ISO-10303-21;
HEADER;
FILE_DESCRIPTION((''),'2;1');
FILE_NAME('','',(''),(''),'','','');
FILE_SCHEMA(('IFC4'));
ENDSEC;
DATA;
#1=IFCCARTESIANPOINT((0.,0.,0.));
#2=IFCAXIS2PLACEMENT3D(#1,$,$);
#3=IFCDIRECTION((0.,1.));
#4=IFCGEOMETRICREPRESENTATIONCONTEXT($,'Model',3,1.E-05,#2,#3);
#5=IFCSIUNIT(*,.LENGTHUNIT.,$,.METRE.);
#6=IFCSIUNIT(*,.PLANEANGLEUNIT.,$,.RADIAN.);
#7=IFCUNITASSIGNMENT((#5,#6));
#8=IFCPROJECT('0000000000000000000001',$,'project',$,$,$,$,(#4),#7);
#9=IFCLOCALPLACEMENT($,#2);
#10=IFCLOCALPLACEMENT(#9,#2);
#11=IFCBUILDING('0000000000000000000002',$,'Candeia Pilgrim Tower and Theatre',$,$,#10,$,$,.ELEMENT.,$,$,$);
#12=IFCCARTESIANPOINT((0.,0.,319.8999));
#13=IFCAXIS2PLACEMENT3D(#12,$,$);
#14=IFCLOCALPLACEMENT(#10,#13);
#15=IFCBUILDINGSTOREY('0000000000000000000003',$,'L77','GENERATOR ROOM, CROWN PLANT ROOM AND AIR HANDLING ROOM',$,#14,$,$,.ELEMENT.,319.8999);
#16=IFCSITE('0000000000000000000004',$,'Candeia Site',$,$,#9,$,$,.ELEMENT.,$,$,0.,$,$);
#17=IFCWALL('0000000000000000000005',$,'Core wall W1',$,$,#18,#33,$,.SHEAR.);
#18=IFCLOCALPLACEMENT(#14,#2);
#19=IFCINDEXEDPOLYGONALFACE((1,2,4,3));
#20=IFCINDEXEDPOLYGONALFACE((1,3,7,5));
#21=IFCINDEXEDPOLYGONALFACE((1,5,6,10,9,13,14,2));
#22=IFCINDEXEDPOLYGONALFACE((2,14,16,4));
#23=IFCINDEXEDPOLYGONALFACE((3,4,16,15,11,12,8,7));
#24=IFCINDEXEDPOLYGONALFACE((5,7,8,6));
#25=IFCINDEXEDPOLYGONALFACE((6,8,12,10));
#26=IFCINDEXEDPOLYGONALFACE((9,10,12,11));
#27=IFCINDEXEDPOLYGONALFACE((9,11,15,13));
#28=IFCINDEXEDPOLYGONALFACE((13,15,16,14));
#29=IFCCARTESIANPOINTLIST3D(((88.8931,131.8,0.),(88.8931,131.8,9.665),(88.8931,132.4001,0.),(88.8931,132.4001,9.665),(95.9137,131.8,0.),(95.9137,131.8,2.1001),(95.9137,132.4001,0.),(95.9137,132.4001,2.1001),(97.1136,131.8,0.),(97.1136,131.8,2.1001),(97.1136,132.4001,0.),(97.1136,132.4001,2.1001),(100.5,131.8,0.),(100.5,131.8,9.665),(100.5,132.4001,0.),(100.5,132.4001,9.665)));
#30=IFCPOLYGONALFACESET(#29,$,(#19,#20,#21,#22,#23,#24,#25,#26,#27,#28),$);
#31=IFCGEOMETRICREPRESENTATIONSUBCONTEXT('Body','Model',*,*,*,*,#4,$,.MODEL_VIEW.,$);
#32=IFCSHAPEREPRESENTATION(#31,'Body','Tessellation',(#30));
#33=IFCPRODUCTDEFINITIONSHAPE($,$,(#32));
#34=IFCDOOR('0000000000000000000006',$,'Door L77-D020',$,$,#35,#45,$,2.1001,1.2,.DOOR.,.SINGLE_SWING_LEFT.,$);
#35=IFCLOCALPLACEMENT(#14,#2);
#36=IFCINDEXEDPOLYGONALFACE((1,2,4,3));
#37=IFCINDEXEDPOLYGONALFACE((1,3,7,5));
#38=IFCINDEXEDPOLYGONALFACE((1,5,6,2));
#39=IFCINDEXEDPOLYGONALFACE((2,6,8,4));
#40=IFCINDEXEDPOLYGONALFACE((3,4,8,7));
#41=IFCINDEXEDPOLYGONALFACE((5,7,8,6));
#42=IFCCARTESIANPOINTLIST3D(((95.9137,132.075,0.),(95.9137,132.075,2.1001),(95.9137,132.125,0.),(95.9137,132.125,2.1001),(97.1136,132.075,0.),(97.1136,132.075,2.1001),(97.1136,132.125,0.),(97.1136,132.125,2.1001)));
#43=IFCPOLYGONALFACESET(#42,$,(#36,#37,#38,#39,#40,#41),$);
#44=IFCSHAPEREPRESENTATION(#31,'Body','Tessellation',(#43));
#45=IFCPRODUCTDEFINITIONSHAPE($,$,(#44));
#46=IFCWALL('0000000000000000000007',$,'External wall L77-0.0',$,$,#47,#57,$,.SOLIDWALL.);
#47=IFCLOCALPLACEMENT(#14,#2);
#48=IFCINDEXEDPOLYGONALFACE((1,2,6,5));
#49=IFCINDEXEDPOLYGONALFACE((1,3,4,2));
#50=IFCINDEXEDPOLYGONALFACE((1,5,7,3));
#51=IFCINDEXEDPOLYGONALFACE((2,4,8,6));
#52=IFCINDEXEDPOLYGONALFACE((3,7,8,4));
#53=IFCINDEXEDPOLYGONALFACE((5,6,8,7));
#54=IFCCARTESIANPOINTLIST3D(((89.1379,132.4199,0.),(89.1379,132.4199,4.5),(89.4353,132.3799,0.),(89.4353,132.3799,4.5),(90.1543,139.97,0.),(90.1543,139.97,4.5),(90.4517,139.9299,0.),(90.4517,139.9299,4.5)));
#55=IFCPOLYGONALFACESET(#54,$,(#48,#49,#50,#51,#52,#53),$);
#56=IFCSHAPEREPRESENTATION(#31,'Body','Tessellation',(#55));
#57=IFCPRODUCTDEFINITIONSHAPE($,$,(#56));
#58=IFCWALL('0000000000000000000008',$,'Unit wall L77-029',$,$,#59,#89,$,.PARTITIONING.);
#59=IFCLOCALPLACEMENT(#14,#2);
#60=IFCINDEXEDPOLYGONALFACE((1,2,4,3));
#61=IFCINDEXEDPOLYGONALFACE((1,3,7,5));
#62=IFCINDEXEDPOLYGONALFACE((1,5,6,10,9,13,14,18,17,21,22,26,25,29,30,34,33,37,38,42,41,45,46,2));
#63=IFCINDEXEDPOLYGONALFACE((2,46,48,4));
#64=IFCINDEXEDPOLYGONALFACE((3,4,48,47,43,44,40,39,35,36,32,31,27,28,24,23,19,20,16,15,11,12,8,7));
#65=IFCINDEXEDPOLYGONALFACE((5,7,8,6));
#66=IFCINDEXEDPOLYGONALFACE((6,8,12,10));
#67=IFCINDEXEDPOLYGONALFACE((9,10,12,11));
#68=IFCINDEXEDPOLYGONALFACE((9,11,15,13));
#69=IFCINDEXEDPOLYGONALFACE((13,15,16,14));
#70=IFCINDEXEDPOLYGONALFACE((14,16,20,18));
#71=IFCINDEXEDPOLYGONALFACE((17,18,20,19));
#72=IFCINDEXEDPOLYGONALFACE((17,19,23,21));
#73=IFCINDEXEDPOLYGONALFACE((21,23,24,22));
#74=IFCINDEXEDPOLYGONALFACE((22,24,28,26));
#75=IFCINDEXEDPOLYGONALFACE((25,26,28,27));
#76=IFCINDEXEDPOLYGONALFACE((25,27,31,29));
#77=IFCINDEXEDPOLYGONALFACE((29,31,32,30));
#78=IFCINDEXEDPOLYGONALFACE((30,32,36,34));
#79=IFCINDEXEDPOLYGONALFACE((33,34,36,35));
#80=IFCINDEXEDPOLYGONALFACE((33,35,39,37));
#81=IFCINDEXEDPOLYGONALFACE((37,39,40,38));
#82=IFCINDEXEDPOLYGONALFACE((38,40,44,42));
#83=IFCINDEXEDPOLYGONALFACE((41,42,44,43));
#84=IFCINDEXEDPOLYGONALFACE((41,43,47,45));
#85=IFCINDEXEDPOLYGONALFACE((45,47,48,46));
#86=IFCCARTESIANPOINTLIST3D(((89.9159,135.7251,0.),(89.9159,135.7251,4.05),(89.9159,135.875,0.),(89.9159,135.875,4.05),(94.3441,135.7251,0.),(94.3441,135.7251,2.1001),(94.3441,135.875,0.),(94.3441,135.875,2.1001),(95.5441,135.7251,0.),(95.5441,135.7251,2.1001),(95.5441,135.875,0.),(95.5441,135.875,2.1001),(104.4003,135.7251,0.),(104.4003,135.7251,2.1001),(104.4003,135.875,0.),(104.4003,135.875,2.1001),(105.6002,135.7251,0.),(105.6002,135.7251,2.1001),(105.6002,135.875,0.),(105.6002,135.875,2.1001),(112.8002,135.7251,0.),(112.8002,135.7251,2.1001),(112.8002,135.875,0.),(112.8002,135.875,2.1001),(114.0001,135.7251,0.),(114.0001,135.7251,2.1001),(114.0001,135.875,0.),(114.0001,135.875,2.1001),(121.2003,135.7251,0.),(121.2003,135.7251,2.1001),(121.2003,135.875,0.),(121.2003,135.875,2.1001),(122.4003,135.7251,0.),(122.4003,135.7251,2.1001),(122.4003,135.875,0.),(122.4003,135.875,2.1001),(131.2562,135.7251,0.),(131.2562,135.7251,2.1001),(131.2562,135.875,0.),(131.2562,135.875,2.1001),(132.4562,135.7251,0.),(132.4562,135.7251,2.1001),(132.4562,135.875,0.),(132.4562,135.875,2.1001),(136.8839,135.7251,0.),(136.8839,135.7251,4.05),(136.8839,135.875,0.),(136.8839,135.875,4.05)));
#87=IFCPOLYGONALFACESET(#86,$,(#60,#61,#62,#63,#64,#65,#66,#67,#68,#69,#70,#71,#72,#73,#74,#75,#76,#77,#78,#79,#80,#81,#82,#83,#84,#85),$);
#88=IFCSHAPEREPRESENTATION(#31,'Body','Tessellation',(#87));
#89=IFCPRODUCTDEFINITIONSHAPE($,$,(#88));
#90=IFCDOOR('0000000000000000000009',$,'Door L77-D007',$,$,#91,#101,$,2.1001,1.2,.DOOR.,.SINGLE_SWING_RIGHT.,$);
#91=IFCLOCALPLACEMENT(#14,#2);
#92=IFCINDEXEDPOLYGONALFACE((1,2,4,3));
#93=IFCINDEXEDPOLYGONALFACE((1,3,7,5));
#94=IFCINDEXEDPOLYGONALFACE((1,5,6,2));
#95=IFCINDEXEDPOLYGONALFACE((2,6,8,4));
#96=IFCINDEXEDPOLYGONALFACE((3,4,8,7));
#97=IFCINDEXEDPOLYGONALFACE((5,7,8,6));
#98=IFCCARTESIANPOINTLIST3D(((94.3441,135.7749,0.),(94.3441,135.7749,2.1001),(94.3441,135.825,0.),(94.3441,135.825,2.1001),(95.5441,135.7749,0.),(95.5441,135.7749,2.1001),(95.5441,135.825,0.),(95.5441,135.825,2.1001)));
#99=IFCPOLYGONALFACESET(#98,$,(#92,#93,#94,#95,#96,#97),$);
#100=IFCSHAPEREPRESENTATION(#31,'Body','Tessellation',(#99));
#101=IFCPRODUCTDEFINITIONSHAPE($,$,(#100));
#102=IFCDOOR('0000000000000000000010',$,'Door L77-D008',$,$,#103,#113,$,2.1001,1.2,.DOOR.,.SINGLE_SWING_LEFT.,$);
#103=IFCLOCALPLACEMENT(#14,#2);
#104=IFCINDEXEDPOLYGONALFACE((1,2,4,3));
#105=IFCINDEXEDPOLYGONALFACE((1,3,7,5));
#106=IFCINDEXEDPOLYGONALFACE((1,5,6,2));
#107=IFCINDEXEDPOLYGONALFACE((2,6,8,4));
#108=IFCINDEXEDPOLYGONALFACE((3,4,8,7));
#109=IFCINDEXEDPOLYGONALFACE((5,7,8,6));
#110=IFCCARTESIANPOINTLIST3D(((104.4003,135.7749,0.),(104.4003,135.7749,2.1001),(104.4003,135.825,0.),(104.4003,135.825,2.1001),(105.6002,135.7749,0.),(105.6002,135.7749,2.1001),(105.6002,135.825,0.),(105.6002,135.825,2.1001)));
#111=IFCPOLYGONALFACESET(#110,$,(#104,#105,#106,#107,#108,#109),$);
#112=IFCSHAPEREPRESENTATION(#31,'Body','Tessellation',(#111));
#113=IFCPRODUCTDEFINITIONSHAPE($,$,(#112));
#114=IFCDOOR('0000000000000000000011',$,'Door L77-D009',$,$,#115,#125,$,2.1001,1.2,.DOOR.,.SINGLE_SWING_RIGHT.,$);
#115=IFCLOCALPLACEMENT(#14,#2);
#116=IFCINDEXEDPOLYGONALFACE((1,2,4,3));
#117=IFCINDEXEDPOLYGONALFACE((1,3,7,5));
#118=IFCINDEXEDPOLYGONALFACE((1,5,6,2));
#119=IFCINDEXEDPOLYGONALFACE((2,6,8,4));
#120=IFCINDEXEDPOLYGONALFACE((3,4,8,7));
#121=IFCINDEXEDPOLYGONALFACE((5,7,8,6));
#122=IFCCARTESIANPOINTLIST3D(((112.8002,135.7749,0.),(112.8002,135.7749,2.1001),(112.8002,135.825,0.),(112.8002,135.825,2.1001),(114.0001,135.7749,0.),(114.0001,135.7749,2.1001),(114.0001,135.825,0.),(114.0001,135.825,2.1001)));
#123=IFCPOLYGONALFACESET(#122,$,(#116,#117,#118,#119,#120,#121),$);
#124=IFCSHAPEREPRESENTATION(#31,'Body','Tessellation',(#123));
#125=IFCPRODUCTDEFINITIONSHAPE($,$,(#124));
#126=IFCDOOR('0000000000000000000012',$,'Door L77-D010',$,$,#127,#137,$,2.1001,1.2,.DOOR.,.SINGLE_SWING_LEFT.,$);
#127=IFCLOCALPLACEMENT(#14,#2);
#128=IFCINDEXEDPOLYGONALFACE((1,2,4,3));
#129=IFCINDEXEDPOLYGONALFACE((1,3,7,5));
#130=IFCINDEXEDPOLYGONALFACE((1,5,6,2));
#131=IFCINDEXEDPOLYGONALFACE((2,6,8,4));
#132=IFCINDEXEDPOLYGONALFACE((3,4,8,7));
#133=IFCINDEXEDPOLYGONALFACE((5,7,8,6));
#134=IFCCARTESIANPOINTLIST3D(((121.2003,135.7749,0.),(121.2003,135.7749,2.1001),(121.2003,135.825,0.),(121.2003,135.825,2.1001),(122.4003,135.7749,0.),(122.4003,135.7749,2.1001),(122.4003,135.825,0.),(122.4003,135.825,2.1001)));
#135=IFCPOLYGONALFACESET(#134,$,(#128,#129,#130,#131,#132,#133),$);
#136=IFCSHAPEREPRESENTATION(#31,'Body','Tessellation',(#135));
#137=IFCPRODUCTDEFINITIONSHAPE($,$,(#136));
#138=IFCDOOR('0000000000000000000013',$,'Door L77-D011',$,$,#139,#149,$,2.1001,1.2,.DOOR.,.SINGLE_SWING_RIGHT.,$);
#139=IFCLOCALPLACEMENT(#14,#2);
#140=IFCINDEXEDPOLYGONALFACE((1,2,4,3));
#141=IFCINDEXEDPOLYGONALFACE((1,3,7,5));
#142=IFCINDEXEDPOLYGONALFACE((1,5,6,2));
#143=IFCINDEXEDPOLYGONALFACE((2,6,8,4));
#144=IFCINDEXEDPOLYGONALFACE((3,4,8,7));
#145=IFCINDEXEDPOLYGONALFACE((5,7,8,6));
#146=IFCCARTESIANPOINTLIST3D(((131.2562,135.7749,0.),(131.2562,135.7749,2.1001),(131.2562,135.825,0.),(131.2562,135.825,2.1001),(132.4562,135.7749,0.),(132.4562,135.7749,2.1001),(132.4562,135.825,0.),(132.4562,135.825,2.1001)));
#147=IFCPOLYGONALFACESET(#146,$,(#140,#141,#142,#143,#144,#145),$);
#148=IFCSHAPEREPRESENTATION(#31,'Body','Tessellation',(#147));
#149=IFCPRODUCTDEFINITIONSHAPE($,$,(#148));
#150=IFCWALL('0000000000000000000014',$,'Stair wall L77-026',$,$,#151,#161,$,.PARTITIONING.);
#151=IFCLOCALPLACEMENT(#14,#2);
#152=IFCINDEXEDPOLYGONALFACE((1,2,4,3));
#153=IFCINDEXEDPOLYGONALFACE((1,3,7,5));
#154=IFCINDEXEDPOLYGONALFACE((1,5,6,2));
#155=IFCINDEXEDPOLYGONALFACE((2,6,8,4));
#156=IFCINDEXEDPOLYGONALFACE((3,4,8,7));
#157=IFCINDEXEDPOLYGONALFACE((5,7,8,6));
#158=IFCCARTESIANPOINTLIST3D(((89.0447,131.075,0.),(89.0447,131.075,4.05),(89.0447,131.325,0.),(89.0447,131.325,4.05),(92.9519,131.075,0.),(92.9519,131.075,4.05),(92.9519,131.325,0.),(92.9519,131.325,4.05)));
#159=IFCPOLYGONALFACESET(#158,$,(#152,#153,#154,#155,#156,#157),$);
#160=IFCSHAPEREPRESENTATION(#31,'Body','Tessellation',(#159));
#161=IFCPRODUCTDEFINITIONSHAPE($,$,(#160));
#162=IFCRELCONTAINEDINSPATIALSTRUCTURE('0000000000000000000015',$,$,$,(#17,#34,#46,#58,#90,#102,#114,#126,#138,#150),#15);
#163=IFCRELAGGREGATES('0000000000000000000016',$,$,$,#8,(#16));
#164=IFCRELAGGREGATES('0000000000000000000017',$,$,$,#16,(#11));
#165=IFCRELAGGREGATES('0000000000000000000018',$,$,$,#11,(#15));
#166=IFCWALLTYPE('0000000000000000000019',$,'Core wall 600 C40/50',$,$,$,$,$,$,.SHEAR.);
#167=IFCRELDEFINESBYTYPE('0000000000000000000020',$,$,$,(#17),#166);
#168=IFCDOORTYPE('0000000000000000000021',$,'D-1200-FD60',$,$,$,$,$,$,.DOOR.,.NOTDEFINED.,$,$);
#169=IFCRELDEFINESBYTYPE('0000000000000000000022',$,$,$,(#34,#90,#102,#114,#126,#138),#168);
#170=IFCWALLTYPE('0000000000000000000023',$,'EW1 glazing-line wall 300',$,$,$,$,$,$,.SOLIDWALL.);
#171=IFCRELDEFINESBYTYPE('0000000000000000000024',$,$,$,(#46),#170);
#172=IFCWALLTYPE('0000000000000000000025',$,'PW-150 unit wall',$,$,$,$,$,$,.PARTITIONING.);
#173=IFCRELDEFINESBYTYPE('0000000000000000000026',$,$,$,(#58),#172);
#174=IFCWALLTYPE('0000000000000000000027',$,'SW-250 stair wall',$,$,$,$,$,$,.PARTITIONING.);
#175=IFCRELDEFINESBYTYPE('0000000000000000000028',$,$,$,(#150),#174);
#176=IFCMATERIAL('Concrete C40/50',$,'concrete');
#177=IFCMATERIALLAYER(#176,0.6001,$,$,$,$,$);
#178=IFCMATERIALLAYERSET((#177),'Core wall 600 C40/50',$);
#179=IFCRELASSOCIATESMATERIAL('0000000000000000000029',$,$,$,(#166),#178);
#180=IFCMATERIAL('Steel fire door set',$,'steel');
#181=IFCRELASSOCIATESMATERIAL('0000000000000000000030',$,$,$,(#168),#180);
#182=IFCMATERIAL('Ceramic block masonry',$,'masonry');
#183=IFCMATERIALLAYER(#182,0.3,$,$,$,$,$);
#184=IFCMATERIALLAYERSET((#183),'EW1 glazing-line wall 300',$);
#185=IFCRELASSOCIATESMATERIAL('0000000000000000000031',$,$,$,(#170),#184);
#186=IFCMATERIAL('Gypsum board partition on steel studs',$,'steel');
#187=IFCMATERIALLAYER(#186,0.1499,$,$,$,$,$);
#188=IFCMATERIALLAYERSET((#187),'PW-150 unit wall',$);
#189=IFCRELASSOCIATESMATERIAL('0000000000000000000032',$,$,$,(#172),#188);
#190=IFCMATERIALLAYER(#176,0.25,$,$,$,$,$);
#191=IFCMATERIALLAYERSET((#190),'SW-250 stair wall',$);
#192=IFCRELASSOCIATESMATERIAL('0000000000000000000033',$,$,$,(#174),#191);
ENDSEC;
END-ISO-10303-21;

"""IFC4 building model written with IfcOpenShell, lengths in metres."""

from ifc_helpers import new_model, si_unit, direction, frame, frame_2d, origin, place, context, subcontext, project, spatial, polyline, rectangle, outline, extrude, material, layer, layer_set, type_object, element, fill, save


model = new_model("IFC4")

# Units and contexts
model_context = context("Model", 3, precision=1e-05, world=origin(), true_north=direction((0.0, 1.0)))
body_context = subcontext(model_context, "Body", "Model", "MODEL_VIEW")
ifc_project = project(units=[si_unit("LENGTHUNIT", "METRE"), si_unit("PLANEANGLEUNIT", "RADIAN")], contexts=[model_context])

# Site, building, storey
site_placement = place(None, origin())
site = spatial("IfcSite", under=ifc_project, at=site_placement, Name="Candeia Site", CompositionType="ELEMENT", RefElevation=0.0)
building_placement = place(site_placement, origin())
building = spatial("IfcBuilding", under=site, at=building_placement, Name="Candeia Pilgrim Tower and Theatre", CompositionType="ELEMENT")
storey_placement = place(building_placement, frame((0.0, 0.0, 319.8999)))
storey = spatial("IfcBuildingStorey", under=building, at=storey_placement, Name="L77", Description="GENERATOR ROOM, CROWN PLANT ROOM AND AIR HANDLING ROOM", CompositionType="ELEMENT", Elevation=319.8999)

# Shared definitions
ifc_material_1 = material(Name="Concrete C40/50", Category="concrete")

# Wall, opening, door
ifc_layer_1 = layer(ifc_material_1, 0.6001)
ifc_layer_set_1 = layer_set([ifc_layer_1], Name="Core wall 600 C40/50")
wall_type_1 = type_object("IfcWallType", Name="Core wall 600 C40/50", PredefinedType="SHEAR", material=ifc_layer_set_1)
wall_1_placement = place(storey_placement, frame((88.8931, 132.1001, 0.0), z_axis=(0.0, 0.0, 1.0), x_axis=(1.0, 0.0, 0.0)))
wall_1 = element("IfcWall", 1, at=wall_1_placement, inside=storey, type_object=wall_type_1, Name="Core wall W1", PredefinedType="SHEAR", context=body_context, shape_type="SweptSolid", body=[
    extrude(outline(polyline([(0.0, 0.0), (11.6069, 0.0), (11.6069, 9.665), (0.0, 9.665), (0.0, 0.0)])), frame((0.0, 0.3, 0.0), z_axis=(0.0, -1.0, 0.0), x_axis=(1.0, 0.0, 0.0)), (0.0, 0.0, 1.0), 0.6001),
])
opening_1_placement = place(wall_1_placement, frame((7.0205, 0.0, 0.0)))
opening_1 = element("IfcOpeningElement", 2, at=opening_1_placement, cuts=wall_1, PredefinedType="OPENING", context=body_context, shape_type="SweptSolid", body=[
    extrude(rectangle(XDim=1.2, YDim=2.1001, at=frame_2d((0.6001, 1.05))), frame((0.0, 0.3101, 0.0), z_axis=(0.0, -1.0, 0.0), x_axis=(1.0, 0.0, 0.0)), (0.0, 0.0, 1.0), 0.6201),
])
ifc_material_2 = material(Name="Steel fire door set", Category="steel")
door_type = type_object("IfcDoorType", Name="D-1200-FD60", OperationType="NOTDEFINED", PredefinedType="DOOR", material=ifc_material_2)
door_1_placement = place(opening_1_placement, origin())
door_1 = element("IfcDoor", 3, at=door_1_placement, inside=storey, type_object=door_type, Name="Door L77-D020", OperationType="SINGLE_SWING_LEFT", OverallHeight=2.1001, OverallWidth=1.2, PredefinedType="DOOR", context=body_context, shape_type="SweptSolid", body=[
    extrude(rectangle(XDim=1.2, YDim=2.1001, at=frame_2d((0.6001, 1.05))), frame((0.0, 0.0249, 0.0), z_axis=(0.0, -1.0, 0.0), x_axis=(1.0, 0.0, 0.0)), (0.0, 0.0, 1.0), 0.05),
])
fill(opening_1, door_1)

# Wall
ifc_material_3 = material(Name="Ceramic block masonry", Category="masonry")
ifc_layer_2 = layer(ifc_material_3, 0.3)
ifc_layer_set_2 = layer_set([ifc_layer_2], Name="EW1 glazing-line wall 300")
wall_type_2 = type_object("IfcWallType", Name="EW1 glazing-line wall 300", PredefinedType="SOLIDWALL", material=ifc_layer_set_2)
wall_2_placement = place(storey_placement, frame((90.303, 139.95, 0.0), z_axis=(0.0, 0.0, 1.0), x_axis=(-0.133413, -0.991061, 0.0)))
element("IfcWall", 4, at=wall_2_placement, inside=storey, type_object=wall_type_2, Name="External wall L77-0.0", PredefinedType="SOLIDWALL", context=body_context, shape_type="SweptSolid", body=[
    extrude(rectangle(XDim=7.6182, YDim=0.3, at=frame_2d((3.8091, 0.0))), origin(), (0.0, 0.0, 1.0), 4.5),
])

# Wall, openings, doors
ifc_material_4 = material(Name="Gypsum board partition on steel studs", Category="steel")
ifc_layer_3 = layer(ifc_material_4, 0.1499)
ifc_layer_set_3 = layer_set([ifc_layer_3], Name="PW-150 unit wall")
wall_type_3 = type_object("IfcWallType", Name="PW-150 unit wall", PredefinedType="PARTITIONING", material=ifc_layer_set_3)
wall_3_placement = place(storey_placement, frame((89.916, 135.8, 0.0), z_axis=(0.0, 0.0, 1.0), x_axis=(1.0, 0.0, 0.0)))
wall_3 = element("IfcWall", 5, at=wall_3_placement, inside=storey, type_object=wall_type_3, Name="Unit wall L77-029", PredefinedType="PARTITIONING", context=body_context, shape_type="SweptSolid", body=[
    extrude(rectangle(XDim=46.968, YDim=0.1499, at=frame_2d((23.4839, 0.0))), origin(), (0.0, 0.0, 1.0), 4.05),
])
opening_2_placement = place(wall_3_placement, frame((4.428, 0.0, 0.0)))
opening_2 = element("IfcOpeningElement", 6, at=opening_2_placement, cuts=wall_3, PredefinedType="OPENING", context=body_context, shape_type="SweptSolid", body=[
    extrude(rectangle(XDim=1.2, YDim=2.1001, at=frame_2d((0.6001, 1.05))), frame((0.0, 0.085, 0.0), z_axis=(0.0, -1.0, 0.0), x_axis=(1.0, 0.0, 0.0)), (0.0, 0.0, 1.0), 0.1699),
])
opening_3_placement = place(wall_3_placement, frame((14.4841, 0.0, 0.0)))
opening_3 = element("IfcOpeningElement", 7, at=opening_3_placement, cuts=wall_3, PredefinedType="OPENING", context=body_context, shape_type="SweptSolid", body=[
    extrude(rectangle(XDim=1.2, YDim=2.1001, at=frame_2d((0.6001, 1.05))), frame((0.0, 0.085, 0.0), z_axis=(0.0, -1.0, 0.0), x_axis=(1.0, 0.0, 0.0)), (0.0, 0.0, 1.0), 0.1699),
])
opening_4_placement = place(wall_3_placement, frame((22.884, 0.0, 0.0)))
opening_4 = element("IfcOpeningElement", 8, at=opening_4_placement, cuts=wall_3, PredefinedType="OPENING", context=body_context, shape_type="SweptSolid", body=[
    extrude(rectangle(XDim=1.2, YDim=2.1001, at=frame_2d((0.6001, 1.05))), frame((0.0, 0.085, 0.0), z_axis=(0.0, -1.0, 0.0), x_axis=(1.0, 0.0, 0.0)), (0.0, 0.0, 1.0), 0.1699),
])
opening_5_placement = place(wall_3_placement, frame((31.2842, 0.0, 0.0)))
opening_5 = element("IfcOpeningElement", 9, at=opening_5_placement, cuts=wall_3, PredefinedType="OPENING", context=body_context, shape_type="SweptSolid", body=[
    extrude(rectangle(XDim=1.2, YDim=2.1001, at=frame_2d((0.6001, 1.05))), frame((0.0, 0.085, 0.0), z_axis=(0.0, -1.0, 0.0), x_axis=(1.0, 0.0, 0.0)), (0.0, 0.0, 1.0), 0.1699),
])
opening_6_placement = place(wall_3_placement, frame((41.3401, 0.0, 0.0)))
opening_6 = element("IfcOpeningElement", 10, at=opening_6_placement, cuts=wall_3, PredefinedType="OPENING", context=body_context, shape_type="SweptSolid", body=[
    extrude(rectangle(XDim=1.2, YDim=2.1001, at=frame_2d((0.6001, 1.05))), frame((0.0, 0.085, 0.0), z_axis=(0.0, -1.0, 0.0), x_axis=(1.0, 0.0, 0.0)), (0.0, 0.0, 1.0), 0.1699),
])
door_2_placement = place(opening_2_placement, origin())
door_2 = element("IfcDoor", 11, at=door_2_placement, inside=storey, type_object=door_type, Name="Door L77-D007", OperationType="SINGLE_SWING_RIGHT", OverallHeight=2.1001, OverallWidth=1.2, PredefinedType="DOOR", context=body_context, shape_type="SweptSolid", body=[
    extrude(rectangle(XDim=1.2, YDim=2.1001, at=frame_2d((0.6001, 1.05))), frame((0.0, 0.0249, 0.0), z_axis=(0.0, -1.0, 0.0), x_axis=(1.0, 0.0, 0.0)), (0.0, 0.0, 1.0), 0.05),
])
fill(opening_2, door_2)
door_3_placement = place(opening_3_placement, origin())
door_3 = element("IfcDoor", 12, at=door_3_placement, inside=storey, type_object=door_type, Name="Door L77-D008", OperationType="SINGLE_SWING_LEFT", OverallHeight=2.1001, OverallWidth=1.2, PredefinedType="DOOR", context=body_context, shape_type="SweptSolid", body=[
    extrude(rectangle(XDim=1.2, YDim=2.1001, at=frame_2d((0.6001, 1.05))), frame((0.0, 0.0249, 0.0), z_axis=(0.0, -1.0, 0.0), x_axis=(1.0, 0.0, 0.0)), (0.0, 0.0, 1.0), 0.05),
])
fill(opening_3, door_3)
door_4_placement = place(opening_4_placement, origin())
door_4 = element("IfcDoor", 13, at=door_4_placement, inside=storey, type_object=door_type, Name="Door L77-D009", OperationType="SINGLE_SWING_RIGHT", OverallHeight=2.1001, OverallWidth=1.2, PredefinedType="DOOR", context=body_context, shape_type="SweptSolid", body=[
    extrude(rectangle(XDim=1.2, YDim=2.1001, at=frame_2d((0.6001, 1.05))), frame((0.0, 0.0249, 0.0), z_axis=(0.0, -1.0, 0.0), x_axis=(1.0, 0.0, 0.0)), (0.0, 0.0, 1.0), 0.05),
])
fill(opening_4, door_4)
door_5_placement = place(opening_5_placement, origin())
door_5 = element("IfcDoor", 14, at=door_5_placement, inside=storey, type_object=door_type, Name="Door L77-D010", OperationType="SINGLE_SWING_LEFT", OverallHeight=2.1001, OverallWidth=1.2, PredefinedType="DOOR", context=body_context, shape_type="SweptSolid", body=[
    extrude(rectangle(XDim=1.2, YDim=2.1001, at=frame_2d((0.6001, 1.05))), frame((0.0, 0.0249, 0.0), z_axis=(0.0, -1.0, 0.0), x_axis=(1.0, 0.0, 0.0)), (0.0, 0.0, 1.0), 0.05),
])
fill(opening_5, door_5)
door_6_placement = place(opening_6_placement, origin())
door_6 = element("IfcDoor", 15, at=door_6_placement, inside=storey, type_object=door_type, Name="Door L77-D011", OperationType="SINGLE_SWING_RIGHT", OverallHeight=2.1001, OverallWidth=1.2, PredefinedType="DOOR", context=body_context, shape_type="SweptSolid", body=[
    extrude(rectangle(XDim=1.2, YDim=2.1001, at=frame_2d((0.6001, 1.05))), frame((0.0, 0.0249, 0.0), z_axis=(0.0, -1.0, 0.0), x_axis=(1.0, 0.0, 0.0)), (0.0, 0.0, 1.0), 0.05),
])
fill(opening_6, door_6)

# Wall
ifc_layer_4 = layer(ifc_material_1, 0.25)
ifc_layer_set_4 = layer_set([ifc_layer_4], Name="SW-250 stair wall")
wall_type_4 = type_object("IfcWallType", Name="SW-250 stair wall", PredefinedType="PARTITIONING", material=ifc_layer_set_4)
wall_4_placement = place(storey_placement, frame((89.0447, 131.2, 0.0), z_axis=(0.0, 0.0, 1.0), x_axis=(1.0, 0.0, 0.0)))
element("IfcWall", 16, at=wall_4_placement, inside=storey, type_object=wall_type_4, Name="Stair wall L77-026", PredefinedType="PARTITIONING", context=body_context, shape_type="SweptSolid", body=[
    extrude(rectangle(XDim=3.9072, YDim=0.25, at=frame_2d((1.9536, 0.0))), origin(), (0.0, 0.0, 1.0), 4.05),
])

save(model, "model.ifc")
